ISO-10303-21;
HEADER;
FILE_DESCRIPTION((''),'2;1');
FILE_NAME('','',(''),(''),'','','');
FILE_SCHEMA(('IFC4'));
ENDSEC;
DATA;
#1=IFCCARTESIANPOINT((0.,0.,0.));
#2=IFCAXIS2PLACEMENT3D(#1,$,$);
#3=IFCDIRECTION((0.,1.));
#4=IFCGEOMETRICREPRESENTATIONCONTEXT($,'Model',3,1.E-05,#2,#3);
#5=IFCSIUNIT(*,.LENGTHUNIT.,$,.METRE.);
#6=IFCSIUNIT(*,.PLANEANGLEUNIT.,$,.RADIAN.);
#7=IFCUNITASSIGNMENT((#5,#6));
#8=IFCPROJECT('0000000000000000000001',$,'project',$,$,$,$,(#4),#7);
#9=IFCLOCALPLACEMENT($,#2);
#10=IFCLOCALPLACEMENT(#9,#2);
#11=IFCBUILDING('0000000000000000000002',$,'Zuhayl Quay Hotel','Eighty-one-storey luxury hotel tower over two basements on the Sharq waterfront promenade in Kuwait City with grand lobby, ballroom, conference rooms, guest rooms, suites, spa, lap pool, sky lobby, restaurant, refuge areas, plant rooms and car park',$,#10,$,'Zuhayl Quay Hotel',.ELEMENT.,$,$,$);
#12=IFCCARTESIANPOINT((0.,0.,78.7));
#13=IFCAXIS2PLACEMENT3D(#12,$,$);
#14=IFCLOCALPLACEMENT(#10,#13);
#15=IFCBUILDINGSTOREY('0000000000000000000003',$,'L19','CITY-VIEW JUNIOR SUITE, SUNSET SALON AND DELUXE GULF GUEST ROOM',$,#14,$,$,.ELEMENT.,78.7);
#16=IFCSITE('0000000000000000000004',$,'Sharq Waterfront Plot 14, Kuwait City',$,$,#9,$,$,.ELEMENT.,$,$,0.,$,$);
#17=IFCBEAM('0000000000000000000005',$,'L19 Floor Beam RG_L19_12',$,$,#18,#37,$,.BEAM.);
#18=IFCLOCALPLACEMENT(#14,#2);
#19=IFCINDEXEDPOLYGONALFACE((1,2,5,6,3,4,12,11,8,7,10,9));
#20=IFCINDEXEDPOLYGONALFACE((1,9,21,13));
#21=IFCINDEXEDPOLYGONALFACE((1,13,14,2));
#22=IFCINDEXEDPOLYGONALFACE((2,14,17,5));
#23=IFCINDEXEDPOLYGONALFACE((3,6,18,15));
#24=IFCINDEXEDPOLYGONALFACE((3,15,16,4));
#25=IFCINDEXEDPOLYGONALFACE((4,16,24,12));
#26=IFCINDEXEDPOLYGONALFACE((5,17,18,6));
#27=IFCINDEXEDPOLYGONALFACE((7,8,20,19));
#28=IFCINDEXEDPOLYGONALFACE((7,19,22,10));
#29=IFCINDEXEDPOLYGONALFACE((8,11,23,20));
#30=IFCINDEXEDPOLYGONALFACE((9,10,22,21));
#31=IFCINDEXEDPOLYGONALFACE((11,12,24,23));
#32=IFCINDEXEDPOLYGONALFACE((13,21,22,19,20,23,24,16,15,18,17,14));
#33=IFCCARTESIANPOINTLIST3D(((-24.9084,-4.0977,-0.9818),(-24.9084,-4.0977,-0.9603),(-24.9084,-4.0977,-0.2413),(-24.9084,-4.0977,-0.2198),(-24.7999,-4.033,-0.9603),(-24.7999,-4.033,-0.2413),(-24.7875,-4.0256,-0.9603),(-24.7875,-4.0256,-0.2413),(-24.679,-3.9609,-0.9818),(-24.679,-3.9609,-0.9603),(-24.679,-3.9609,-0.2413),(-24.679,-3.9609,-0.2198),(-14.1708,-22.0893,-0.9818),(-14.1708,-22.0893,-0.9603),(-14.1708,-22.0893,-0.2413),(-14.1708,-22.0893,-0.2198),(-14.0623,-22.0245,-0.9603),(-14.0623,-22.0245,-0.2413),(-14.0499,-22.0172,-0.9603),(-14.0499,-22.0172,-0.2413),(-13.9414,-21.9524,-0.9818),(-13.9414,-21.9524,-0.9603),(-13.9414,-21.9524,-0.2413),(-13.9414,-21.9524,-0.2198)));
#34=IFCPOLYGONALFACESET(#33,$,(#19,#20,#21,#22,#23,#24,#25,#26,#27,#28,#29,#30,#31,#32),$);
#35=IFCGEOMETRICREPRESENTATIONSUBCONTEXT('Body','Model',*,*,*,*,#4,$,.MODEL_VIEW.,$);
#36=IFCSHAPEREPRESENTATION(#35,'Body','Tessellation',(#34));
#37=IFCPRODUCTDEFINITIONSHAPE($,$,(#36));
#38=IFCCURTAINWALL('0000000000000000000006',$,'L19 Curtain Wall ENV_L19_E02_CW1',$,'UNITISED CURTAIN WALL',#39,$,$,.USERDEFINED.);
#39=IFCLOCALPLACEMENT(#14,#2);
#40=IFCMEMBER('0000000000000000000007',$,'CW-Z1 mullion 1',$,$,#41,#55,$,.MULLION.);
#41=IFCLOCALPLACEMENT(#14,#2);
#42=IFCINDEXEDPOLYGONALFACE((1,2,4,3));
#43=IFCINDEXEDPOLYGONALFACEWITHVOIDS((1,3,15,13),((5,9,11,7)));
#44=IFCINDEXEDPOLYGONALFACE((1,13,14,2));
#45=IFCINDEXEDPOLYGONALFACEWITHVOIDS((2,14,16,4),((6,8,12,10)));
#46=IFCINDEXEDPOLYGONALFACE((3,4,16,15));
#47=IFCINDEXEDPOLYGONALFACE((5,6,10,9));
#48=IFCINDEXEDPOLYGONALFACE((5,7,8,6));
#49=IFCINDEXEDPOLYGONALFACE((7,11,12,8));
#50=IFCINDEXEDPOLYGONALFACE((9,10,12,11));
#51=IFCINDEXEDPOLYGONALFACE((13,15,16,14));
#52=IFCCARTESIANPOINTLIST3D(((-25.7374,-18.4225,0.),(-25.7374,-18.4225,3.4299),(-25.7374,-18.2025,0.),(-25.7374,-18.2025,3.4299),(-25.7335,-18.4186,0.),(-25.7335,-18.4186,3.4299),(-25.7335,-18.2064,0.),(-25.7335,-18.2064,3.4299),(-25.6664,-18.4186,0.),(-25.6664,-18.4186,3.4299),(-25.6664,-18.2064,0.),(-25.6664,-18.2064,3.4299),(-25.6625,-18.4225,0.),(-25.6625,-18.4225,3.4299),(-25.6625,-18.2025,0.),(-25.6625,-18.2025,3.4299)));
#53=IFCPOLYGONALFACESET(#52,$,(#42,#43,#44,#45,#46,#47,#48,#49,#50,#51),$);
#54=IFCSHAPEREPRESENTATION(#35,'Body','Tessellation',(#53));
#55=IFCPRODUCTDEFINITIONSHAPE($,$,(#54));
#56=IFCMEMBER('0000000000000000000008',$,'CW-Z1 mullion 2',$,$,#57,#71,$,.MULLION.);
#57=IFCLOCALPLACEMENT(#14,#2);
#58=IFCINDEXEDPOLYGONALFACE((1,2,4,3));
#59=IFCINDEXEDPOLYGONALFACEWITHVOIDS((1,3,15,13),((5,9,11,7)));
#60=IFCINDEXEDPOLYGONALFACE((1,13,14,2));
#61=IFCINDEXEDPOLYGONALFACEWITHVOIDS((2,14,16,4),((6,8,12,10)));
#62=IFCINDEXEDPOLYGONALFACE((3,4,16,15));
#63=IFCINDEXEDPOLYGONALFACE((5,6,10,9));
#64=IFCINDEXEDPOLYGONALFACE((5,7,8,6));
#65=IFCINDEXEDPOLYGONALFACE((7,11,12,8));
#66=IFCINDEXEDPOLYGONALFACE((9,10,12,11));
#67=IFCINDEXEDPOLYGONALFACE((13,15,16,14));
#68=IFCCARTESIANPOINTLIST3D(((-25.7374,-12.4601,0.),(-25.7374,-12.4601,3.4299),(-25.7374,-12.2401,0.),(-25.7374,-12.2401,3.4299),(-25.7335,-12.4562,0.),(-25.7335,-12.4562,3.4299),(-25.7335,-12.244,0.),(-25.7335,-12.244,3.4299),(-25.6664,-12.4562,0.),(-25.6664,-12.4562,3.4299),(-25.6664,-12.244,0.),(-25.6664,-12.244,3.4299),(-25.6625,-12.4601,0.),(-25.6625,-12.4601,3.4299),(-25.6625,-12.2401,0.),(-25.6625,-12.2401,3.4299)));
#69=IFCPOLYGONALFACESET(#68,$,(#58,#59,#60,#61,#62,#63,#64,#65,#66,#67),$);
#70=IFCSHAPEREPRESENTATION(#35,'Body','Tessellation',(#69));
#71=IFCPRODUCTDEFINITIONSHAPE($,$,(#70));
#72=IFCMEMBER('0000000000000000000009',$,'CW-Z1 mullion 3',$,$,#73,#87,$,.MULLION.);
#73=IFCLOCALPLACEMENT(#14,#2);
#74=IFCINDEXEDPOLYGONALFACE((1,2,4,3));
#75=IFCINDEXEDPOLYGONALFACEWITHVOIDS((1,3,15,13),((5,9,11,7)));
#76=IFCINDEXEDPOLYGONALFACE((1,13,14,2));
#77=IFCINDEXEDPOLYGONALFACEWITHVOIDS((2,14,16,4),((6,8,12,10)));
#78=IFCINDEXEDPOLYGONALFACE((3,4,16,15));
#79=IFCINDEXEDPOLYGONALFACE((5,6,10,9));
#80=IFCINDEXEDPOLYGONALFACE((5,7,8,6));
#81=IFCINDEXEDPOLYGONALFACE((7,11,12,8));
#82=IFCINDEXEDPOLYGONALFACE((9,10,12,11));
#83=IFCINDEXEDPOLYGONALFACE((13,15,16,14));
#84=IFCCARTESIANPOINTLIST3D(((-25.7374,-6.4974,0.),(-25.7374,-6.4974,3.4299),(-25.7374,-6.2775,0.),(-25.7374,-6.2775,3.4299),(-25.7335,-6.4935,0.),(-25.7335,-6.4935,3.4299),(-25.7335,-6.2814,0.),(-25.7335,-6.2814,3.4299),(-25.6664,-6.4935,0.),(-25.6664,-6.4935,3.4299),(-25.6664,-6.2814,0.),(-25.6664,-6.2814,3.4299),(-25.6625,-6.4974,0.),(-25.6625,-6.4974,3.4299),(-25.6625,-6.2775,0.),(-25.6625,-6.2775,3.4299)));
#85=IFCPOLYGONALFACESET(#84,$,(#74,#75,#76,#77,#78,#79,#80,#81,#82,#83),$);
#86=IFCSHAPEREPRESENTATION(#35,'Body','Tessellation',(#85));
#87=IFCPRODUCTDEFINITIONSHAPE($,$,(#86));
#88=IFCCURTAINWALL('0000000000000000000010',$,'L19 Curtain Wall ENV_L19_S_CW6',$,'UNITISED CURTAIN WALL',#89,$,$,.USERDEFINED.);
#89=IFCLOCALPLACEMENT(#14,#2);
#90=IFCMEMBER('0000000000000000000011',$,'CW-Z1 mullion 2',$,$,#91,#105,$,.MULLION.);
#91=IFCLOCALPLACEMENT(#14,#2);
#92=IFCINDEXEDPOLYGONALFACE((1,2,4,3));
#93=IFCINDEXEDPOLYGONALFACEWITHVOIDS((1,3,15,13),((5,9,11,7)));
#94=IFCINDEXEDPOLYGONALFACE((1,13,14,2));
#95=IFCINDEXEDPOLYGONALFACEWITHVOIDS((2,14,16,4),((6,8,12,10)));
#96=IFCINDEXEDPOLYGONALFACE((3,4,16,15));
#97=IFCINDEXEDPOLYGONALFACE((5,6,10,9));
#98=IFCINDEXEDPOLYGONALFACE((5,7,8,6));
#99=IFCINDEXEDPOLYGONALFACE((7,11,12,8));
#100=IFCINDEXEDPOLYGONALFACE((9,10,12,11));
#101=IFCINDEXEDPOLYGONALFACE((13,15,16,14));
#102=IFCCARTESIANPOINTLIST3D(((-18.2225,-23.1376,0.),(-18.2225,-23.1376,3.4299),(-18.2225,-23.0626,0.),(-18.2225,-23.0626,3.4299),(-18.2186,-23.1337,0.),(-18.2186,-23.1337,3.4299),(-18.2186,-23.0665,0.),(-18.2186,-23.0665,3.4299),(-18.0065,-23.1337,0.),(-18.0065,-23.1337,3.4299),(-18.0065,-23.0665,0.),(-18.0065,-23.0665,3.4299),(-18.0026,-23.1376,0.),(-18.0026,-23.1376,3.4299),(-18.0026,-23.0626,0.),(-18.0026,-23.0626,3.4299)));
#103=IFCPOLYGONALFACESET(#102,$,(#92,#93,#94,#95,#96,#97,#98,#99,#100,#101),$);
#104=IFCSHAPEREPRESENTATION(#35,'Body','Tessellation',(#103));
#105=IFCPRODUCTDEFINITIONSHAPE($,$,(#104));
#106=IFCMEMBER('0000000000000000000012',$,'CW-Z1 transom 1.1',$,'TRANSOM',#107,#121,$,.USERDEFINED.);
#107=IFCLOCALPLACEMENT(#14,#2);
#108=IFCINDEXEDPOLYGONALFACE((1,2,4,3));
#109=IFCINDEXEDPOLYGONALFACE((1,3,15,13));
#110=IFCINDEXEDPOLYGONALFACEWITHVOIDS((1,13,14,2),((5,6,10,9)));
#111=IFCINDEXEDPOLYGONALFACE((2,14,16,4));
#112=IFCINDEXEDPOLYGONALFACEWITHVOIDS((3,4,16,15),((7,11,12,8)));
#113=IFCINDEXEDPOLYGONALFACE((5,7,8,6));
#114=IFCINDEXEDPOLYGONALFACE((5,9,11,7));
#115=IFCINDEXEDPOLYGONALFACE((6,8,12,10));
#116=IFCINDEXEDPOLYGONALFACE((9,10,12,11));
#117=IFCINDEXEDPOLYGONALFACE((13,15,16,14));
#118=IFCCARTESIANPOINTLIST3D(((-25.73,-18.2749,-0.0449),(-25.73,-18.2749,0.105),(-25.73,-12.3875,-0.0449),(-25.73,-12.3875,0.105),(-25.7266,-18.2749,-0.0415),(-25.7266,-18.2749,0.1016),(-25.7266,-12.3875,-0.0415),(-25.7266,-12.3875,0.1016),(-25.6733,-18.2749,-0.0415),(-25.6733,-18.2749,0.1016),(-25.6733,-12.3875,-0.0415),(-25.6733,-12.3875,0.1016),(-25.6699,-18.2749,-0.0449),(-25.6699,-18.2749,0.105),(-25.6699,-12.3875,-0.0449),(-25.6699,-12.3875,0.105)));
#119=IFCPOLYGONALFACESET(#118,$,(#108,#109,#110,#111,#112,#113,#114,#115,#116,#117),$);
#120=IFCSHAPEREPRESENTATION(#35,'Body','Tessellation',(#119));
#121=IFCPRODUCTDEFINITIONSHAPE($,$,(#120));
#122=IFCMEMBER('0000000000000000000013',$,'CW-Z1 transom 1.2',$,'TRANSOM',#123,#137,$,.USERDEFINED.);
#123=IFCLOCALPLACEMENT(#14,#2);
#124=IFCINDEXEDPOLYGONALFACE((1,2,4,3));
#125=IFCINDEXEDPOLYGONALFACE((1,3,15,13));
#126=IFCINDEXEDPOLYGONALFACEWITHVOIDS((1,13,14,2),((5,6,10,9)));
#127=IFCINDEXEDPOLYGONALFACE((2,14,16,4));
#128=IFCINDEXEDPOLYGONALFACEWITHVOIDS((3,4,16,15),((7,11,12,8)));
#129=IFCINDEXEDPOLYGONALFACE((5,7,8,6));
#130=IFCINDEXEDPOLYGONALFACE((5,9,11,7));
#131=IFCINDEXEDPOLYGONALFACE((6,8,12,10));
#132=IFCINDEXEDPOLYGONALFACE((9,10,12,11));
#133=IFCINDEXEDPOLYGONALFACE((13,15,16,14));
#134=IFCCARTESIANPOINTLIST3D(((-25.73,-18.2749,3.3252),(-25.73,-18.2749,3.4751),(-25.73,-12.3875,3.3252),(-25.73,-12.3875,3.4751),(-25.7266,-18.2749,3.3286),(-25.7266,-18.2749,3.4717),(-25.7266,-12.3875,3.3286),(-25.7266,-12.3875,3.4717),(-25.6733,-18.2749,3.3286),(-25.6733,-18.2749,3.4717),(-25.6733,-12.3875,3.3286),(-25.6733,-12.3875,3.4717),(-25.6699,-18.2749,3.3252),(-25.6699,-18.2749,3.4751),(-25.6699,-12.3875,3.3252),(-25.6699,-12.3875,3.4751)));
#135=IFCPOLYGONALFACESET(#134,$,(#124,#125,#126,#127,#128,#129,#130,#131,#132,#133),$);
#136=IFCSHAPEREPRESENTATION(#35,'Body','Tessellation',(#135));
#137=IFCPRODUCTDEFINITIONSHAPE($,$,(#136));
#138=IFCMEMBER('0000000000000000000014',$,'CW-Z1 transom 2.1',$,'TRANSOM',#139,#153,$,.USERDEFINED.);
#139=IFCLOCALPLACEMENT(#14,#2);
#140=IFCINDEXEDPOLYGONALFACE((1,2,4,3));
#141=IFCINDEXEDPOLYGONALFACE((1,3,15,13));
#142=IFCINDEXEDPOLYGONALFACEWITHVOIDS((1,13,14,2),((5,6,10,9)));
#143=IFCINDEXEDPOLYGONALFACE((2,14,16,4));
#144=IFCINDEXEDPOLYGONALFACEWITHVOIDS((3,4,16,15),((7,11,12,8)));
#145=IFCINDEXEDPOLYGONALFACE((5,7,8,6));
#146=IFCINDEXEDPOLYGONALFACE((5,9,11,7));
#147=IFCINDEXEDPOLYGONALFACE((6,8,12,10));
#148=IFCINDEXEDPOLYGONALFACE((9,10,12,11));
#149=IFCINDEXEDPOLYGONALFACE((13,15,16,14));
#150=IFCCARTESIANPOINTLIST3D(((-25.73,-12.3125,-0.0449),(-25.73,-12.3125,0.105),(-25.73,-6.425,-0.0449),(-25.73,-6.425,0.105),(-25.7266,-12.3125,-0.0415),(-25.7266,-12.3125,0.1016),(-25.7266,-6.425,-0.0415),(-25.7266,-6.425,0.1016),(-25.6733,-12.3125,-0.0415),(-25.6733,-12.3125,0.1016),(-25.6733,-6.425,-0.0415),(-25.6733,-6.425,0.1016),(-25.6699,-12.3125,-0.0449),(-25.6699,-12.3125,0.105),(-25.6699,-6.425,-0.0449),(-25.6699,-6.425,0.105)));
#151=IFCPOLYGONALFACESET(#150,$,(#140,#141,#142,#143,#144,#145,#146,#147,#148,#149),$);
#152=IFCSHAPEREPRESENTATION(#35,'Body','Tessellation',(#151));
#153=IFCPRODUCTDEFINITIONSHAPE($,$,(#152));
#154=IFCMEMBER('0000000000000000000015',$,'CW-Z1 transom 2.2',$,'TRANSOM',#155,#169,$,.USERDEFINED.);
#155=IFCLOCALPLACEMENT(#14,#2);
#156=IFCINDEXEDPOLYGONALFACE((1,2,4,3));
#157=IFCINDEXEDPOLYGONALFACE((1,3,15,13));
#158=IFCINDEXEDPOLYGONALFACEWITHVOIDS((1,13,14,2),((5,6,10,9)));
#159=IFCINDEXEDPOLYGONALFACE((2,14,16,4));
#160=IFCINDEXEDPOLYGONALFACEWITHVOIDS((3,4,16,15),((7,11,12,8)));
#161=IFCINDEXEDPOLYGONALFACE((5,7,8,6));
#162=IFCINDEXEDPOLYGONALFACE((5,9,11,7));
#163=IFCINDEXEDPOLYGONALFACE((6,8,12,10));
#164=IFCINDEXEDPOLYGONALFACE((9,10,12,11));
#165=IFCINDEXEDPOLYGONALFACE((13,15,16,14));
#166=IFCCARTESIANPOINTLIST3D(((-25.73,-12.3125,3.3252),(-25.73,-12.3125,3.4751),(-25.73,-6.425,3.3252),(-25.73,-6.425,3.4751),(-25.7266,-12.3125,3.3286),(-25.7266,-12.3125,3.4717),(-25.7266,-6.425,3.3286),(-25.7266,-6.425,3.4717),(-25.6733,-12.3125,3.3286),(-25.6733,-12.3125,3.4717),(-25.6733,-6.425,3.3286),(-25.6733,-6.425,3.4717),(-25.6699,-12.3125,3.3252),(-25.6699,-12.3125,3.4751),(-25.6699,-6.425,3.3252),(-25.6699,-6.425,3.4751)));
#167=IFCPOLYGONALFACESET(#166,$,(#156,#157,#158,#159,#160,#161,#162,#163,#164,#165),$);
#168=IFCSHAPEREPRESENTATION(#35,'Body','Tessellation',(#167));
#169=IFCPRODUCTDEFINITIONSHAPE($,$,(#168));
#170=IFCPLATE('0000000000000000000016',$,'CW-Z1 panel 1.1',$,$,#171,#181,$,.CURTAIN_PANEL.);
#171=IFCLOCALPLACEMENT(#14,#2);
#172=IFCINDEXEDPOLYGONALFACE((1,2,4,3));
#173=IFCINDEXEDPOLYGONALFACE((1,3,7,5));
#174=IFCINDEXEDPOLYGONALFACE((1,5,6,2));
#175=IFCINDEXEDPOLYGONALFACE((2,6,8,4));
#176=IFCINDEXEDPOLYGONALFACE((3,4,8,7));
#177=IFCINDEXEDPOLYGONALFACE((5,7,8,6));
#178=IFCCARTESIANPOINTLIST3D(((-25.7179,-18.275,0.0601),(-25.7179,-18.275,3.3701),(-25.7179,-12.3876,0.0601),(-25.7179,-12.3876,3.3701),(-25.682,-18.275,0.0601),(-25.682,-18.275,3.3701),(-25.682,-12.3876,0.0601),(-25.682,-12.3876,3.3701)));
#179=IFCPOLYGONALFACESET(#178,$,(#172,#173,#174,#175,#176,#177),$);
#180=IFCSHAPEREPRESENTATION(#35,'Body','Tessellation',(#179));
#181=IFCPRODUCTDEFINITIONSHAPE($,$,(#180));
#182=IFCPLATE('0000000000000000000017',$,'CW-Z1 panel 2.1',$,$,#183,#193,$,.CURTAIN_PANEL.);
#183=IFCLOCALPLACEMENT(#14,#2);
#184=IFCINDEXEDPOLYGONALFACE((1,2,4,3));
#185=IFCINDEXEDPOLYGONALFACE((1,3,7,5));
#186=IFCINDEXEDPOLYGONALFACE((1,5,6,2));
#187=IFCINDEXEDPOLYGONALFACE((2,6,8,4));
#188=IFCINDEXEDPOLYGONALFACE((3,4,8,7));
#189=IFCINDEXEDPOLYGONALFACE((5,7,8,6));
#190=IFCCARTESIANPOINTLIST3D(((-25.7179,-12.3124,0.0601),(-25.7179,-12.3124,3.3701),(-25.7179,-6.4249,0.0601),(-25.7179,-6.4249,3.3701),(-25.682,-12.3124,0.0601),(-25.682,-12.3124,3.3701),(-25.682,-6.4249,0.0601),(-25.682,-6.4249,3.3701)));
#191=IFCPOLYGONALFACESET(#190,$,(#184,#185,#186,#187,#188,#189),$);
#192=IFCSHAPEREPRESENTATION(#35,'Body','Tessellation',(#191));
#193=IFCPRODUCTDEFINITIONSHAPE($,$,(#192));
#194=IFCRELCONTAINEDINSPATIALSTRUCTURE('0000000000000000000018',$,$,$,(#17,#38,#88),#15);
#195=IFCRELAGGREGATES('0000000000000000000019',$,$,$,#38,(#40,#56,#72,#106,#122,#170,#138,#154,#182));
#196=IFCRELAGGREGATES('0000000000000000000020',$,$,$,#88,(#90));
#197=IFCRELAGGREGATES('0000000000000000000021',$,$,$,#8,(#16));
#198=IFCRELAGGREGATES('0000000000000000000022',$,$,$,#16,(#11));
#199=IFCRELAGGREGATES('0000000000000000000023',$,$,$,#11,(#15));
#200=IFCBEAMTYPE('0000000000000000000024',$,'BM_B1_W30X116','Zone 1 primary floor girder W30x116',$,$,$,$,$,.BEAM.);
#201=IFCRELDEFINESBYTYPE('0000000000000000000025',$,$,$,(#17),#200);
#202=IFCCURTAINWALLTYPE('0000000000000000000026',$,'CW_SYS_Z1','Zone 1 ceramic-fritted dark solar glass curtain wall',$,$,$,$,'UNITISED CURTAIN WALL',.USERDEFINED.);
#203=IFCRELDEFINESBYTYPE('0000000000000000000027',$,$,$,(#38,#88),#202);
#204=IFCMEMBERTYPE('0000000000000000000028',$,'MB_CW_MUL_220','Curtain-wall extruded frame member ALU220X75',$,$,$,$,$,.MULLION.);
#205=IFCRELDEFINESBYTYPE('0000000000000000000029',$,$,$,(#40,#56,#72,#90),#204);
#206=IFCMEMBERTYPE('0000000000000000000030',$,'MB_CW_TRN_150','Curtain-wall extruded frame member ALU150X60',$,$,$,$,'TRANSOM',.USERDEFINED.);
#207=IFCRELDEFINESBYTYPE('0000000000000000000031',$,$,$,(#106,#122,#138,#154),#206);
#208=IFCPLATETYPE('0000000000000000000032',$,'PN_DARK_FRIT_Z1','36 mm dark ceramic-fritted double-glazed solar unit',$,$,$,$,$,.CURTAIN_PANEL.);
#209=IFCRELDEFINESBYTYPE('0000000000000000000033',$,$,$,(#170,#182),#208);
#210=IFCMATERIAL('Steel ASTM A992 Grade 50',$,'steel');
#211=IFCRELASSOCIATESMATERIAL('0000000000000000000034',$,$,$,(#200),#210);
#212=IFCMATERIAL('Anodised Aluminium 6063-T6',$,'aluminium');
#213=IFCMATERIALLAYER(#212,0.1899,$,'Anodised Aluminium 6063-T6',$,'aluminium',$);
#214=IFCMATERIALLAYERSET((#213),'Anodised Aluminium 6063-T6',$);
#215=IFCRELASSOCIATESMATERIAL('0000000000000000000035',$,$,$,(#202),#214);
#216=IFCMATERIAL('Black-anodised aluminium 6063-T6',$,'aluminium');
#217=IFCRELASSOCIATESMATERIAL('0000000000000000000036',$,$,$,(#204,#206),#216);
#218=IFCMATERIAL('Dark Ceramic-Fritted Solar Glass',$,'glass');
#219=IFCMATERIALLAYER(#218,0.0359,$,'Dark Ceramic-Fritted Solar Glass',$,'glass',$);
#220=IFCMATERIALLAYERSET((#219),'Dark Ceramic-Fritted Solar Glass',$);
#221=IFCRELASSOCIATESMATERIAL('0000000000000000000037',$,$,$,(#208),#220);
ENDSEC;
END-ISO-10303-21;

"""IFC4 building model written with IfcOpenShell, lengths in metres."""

from ifc_helpers import new_model, si_unit, direction, frame, origin, origin_2d, place, context, subcontext, project, spatial, rectangle, hollow_rectangle, i_section, extrude, material, layer, layer_set, material_profile, profile_set, type_object, element, aggregate, save


model = new_model("IFC4")

# Units and contexts
model_context = context("Model", 3, precision=1e-05, world=origin(), true_north=direction((0.0, 1.0)))
body_context = subcontext(model_context, "Body", "Model", "MODEL_VIEW")
ifc_project = project(units=[si_unit("LENGTHUNIT", "METRE"), si_unit("PLANEANGLEUNIT", "RADIAN")], contexts=[model_context])

# Site, building, storey
site_placement = place(None, origin())
site = spatial("IfcSite", under=ifc_project, at=site_placement, Name="Sharq Waterfront Plot 14, Kuwait City", CompositionType="ELEMENT", RefElevation=0.0)
building_placement = place(site_placement, origin())
building = spatial("IfcBuilding", under=site, at=building_placement, Name="Zuhayl Quay Hotel", Description="Eighty-one-storey luxury hotel tower over two basements on the Sharq waterfront promenade in Kuwait City with grand lobby, ballroom, conference rooms, guest rooms, suites, spa, lap pool, sky lobby, restaurant, refuge areas, plant rooms and car park", LongName="Zuhayl Quay Hotel", CompositionType="ELEMENT")
storey_placement = place(building_placement, frame((0.0, 0.0, 78.7)))
storey = spatial("IfcBuildingStorey", under=building, at=storey_placement, Name="L19", Description="CITY-VIEW JUNIOR SUITE, SUNSET SALON AND DELUXE GULF GUEST ROOM", CompositionType="ELEMENT", Elevation=78.7)

# Beam
ifc_material_1 = material(Name="Steel ASTM A992 Grade 50", Category="steel")
ifc_material_profile_1 = material_profile(ifc_material_1, i_section(OverallWidth=0.2671, OverallDepth=0.762, WebThickness=0.0144, FlangeThickness=0.0215, at=origin_2d()), Name="W30X116")
ifc_profile_set_1 = profile_set([ifc_material_profile_1], Name="Steel ASTM A992 Grade 50")
beam_type = type_object("IfcBeamType", Name="BM_B1_W30X116", Description="Zone 1 primary floor girder W30x116", PredefinedType="BEAM", material=ifc_profile_set_1)
beam_placement = place(storey_placement, frame((-24.7937, -4.0293, -0.6008), z_axis=(0.512483, -0.858698, 0.0), x_axis=(0.858698, 0.512483, 0.0)))
element("IfcBeam", 1, at=beam_placement, inside=storey, type_object=beam_type, Name="L19 Floor Beam RG_L19_12", PredefinedType="BEAM", context=body_context, shape_type="SweptSolid", body=[
    extrude(i_section(OverallWidth=0.2671, OverallDepth=0.762, WebThickness=0.0144, FlangeThickness=0.0215, at=origin_2d()), origin(), (0.0, 0.0, 1.0), 20.9521),
])

# Curtain wall, members
ifc_material_2 = material(Name="Anodised Aluminium 6063-T6", Category="aluminium")
ifc_layer_1 = layer(ifc_material_2, 0.1899, Name="Anodised Aluminium 6063-T6", Category="aluminium")
ifc_layer_set_1 = layer_set([ifc_layer_1], Name="Anodised Aluminium 6063-T6")
curtain_wall_type = type_object("IfcCurtainWallType", Name="CW_SYS_Z1", Description="Zone 1 ceramic-fritted dark solar glass curtain wall", ElementType="UNITISED CURTAIN WALL", PredefinedType="USERDEFINED", material=ifc_layer_set_1)
curtain_wall_1_placement = place(storey_placement, origin())
curtain_wall_1 = element("IfcCurtainWall", 2, at=curtain_wall_1_placement, inside=storey, type_object=curtain_wall_type, Name="L19 Curtain Wall ENV_L19_E02_CW1", ObjectType="UNITISED CURTAIN WALL", PredefinedType="USERDEFINED")
ifc_material_3 = material(Name="Black-anodised aluminium 6063-T6", Category="aluminium")
ifc_material_profile_2 = material_profile(ifc_material_3, hollow_rectangle(XDim=0.075, YDim=0.22, WallThickness=0.0039, at=origin_2d()), Name="ALU220X75")
ifc_profile_set_2 = profile_set([ifc_material_profile_2], Name="Black-anodised aluminium 6063-T6")
member_type_1 = type_object("IfcMemberType", Name="MB_CW_MUL_220", Description="Curtain-wall extruded frame member ALU220X75", PredefinedType="MULLION", material=ifc_profile_set_2)
member_1_placement = place(storey_placement, frame((-25.7, -18.3125, 0.0), z_axis=(0.0, 0.0, 1.0), x_axis=(-1.0, 0.0, 0.0)))
member_1 = element("IfcMember", 3, at=member_1_placement, type_object=member_type_1, Name="CW-Z1 mullion 1", PredefinedType="MULLION", context=body_context, shape_type="SweptSolid", body=[
    extrude(hollow_rectangle(XDim=0.075, YDim=0.22, WallThickness=0.0039, at=origin_2d()), origin(), (0.0, 0.0, 1.0), 3.4299),
])
member_2_placement = place(storey_placement, frame((-25.7, -12.3501, 0.0), z_axis=(0.0, 0.0, 1.0), x_axis=(-1.0, 0.0, 0.0)))
member_2 = element("IfcMember", 4, at=member_2_placement, type_object=member_type_1, Name="CW-Z1 mullion 2", PredefinedType="MULLION", context=body_context, shape_type="SweptSolid", body=[
    extrude(hollow_rectangle(XDim=0.075, YDim=0.22, WallThickness=0.0039, at=origin_2d()), origin(), (0.0, 0.0, 1.0), 3.4299),
])
member_3_placement = place(storey_placement, frame((-25.7, -6.3875, 0.0), z_axis=(0.0, 0.0, 1.0), x_axis=(-1.0, 0.0, 0.0)))
member_3 = element("IfcMember", 5, at=member_3_placement, type_object=member_type_1, Name="CW-Z1 mullion 3", PredefinedType="MULLION", context=body_context, shape_type="SweptSolid", body=[
    extrude(hollow_rectangle(XDim=0.075, YDim=0.22, WallThickness=0.0039, at=origin_2d()), origin(), (0.0, 0.0, 1.0), 3.4299),
])

# Curtain wall, member
curtain_wall_2_placement = place(storey_placement, origin())
curtain_wall_2 = element("IfcCurtainWall", 6, at=curtain_wall_2_placement, inside=storey, type_object=curtain_wall_type, Name="L19 Curtain Wall ENV_L19_S_CW6", ObjectType="UNITISED CURTAIN WALL", PredefinedType="USERDEFINED")
member_4_placement = place(storey_placement, frame((-18.1125, -23.1001, 0.0), z_axis=(0.0, 0.0, 1.0), x_axis=(0.0, -1.0, 0.0)))
member_4 = element("IfcMember", 7, at=member_4_placement, type_object=member_type_1, Name="CW-Z1 mullion 2", PredefinedType="MULLION", context=body_context, shape_type="SweptSolid", body=[
    extrude(hollow_rectangle(XDim=0.075, YDim=0.22, WallThickness=0.0039, at=origin_2d()), origin(), (0.0, 0.0, 1.0), 3.4299),
])

# Members
ifc_material_profile_3 = material_profile(ifc_material_3, hollow_rectangle(XDim=0.0601, YDim=0.1499, WallThickness=0.0034, at=origin_2d()), Name="ALU150X60")
ifc_profile_set_3 = profile_set([ifc_material_profile_3], Name="Black-anodised aluminium 6063-T6")
member_type_2 = type_object("IfcMemberType", Name="MB_CW_TRN_150", Description="Curtain-wall extruded frame member ALU150X60", ElementType="TRANSOM", PredefinedType="USERDEFINED", material=ifc_profile_set_3)
member_5_placement = place(storey_placement, frame((-25.7, -18.2749, 0.03), z_axis=(0.0, 1.0, 0.0), x_axis=(-1.0, 0.0, 0.0)))
member_5 = element("IfcMember", 8, at=member_5_placement, type_object=member_type_2, Name="CW-Z1 transom 1.1", ObjectType="TRANSOM", PredefinedType="USERDEFINED", context=body_context, shape_type="SweptSolid", body=[
    extrude(hollow_rectangle(XDim=0.0601, YDim=0.1499, WallThickness=0.0034, at=origin_2d()), origin(), (0.0, 0.0, 1.0), 5.8875),
])
member_6_placement = place(storey_placement, frame((-25.7, -18.2749, 3.4001), z_axis=(0.0, 1.0, 0.0), x_axis=(-1.0, 0.0, 0.0)))
member_6 = element("IfcMember", 9, at=member_6_placement, type_object=member_type_2, Name="CW-Z1 transom 1.2", ObjectType="TRANSOM", PredefinedType="USERDEFINED", context=body_context, shape_type="SweptSolid", body=[
    extrude(hollow_rectangle(XDim=0.0601, YDim=0.1499, WallThickness=0.0034, at=origin_2d()), origin(), (0.0, 0.0, 1.0), 5.8875),
])
member_7_placement = place(storey_placement, frame((-25.7, -12.3125, 0.03), z_axis=(0.0, 1.0, 0.0), x_axis=(-1.0, 0.0, 0.0)))
member_7 = element("IfcMember", 10, at=member_7_placement, type_object=member_type_2, Name="CW-Z1 transom 2.1", ObjectType="TRANSOM", PredefinedType="USERDEFINED", context=body_context, shape_type="SweptSolid", body=[
    extrude(hollow_rectangle(XDim=0.0601, YDim=0.1499, WallThickness=0.0034, at=origin_2d()), origin(), (0.0, 0.0, 1.0), 5.8875),
])
member_8_placement = place(storey_placement, frame((-25.7, -12.3125, 3.4001), z_axis=(0.0, 1.0, 0.0), x_axis=(-1.0, 0.0, 0.0)))
member_8 = element("IfcMember", 11, at=member_8_placement, type_object=member_type_2, Name="CW-Z1 transom 2.2", ObjectType="TRANSOM", PredefinedType="USERDEFINED", context=body_context, shape_type="SweptSolid", body=[
    extrude(hollow_rectangle(XDim=0.0601, YDim=0.1499, WallThickness=0.0034, at=origin_2d()), origin(), (0.0, 0.0, 1.0), 5.8875),
])

# Plates
ifc_material_4 = material(Name="Dark Ceramic-Fritted Solar Glass", Category="glass")
ifc_layer_2 = layer(ifc_material_4, 0.0359, Name="Dark Ceramic-Fritted Solar Glass", Category="glass")
ifc_layer_set_2 = layer_set([ifc_layer_2], Name="Dark Ceramic-Fritted Solar Glass")
plate_type = type_object("IfcPlateType", Name="PN_DARK_FRIT_Z1", Description="36 mm dark ceramic-fritted double-glazed solar unit", PredefinedType="CURTAIN_PANEL", material=ifc_layer_set_2)
plate_1_placement = place(storey_placement, frame((-25.7, -15.3313, 0.0601), z_axis=(0.0, 0.0, 1.0), x_axis=(0.0, 1.0, 0.0)))
plate_1 = element("IfcPlate", 12, at=plate_1_placement, type_object=plate_type, Name="CW-Z1 panel 1.1", PredefinedType="CURTAIN_PANEL", context=body_context, shape_type="SweptSolid", body=[
    extrude(rectangle(XDim=5.8875, YDim=0.0359, at=origin_2d()), origin(), (0.0, 0.0, 1.0), 3.3101),
])
plate_2_placement = place(storey_placement, frame((-25.7, -9.3687, 0.0601), z_axis=(0.0, 0.0, 1.0), x_axis=(0.0, 1.0, 0.0)))
plate_2 = element("IfcPlate", 13, at=plate_2_placement, type_object=plate_type, Name="CW-Z1 panel 2.1", PredefinedType="CURTAIN_PANEL", context=body_context, shape_type="SweptSolid", body=[
    extrude(rectangle(XDim=5.8875, YDim=0.0359, at=origin_2d()), origin(), (0.0, 0.0, 1.0), 3.3101),
])
aggregate(curtain_wall_1, [member_1, member_2, member_3, member_5, member_6, plate_1, member_7, member_8, plate_2])
aggregate(curtain_wall_2, [member_4])

save(model, "model.ifc")
